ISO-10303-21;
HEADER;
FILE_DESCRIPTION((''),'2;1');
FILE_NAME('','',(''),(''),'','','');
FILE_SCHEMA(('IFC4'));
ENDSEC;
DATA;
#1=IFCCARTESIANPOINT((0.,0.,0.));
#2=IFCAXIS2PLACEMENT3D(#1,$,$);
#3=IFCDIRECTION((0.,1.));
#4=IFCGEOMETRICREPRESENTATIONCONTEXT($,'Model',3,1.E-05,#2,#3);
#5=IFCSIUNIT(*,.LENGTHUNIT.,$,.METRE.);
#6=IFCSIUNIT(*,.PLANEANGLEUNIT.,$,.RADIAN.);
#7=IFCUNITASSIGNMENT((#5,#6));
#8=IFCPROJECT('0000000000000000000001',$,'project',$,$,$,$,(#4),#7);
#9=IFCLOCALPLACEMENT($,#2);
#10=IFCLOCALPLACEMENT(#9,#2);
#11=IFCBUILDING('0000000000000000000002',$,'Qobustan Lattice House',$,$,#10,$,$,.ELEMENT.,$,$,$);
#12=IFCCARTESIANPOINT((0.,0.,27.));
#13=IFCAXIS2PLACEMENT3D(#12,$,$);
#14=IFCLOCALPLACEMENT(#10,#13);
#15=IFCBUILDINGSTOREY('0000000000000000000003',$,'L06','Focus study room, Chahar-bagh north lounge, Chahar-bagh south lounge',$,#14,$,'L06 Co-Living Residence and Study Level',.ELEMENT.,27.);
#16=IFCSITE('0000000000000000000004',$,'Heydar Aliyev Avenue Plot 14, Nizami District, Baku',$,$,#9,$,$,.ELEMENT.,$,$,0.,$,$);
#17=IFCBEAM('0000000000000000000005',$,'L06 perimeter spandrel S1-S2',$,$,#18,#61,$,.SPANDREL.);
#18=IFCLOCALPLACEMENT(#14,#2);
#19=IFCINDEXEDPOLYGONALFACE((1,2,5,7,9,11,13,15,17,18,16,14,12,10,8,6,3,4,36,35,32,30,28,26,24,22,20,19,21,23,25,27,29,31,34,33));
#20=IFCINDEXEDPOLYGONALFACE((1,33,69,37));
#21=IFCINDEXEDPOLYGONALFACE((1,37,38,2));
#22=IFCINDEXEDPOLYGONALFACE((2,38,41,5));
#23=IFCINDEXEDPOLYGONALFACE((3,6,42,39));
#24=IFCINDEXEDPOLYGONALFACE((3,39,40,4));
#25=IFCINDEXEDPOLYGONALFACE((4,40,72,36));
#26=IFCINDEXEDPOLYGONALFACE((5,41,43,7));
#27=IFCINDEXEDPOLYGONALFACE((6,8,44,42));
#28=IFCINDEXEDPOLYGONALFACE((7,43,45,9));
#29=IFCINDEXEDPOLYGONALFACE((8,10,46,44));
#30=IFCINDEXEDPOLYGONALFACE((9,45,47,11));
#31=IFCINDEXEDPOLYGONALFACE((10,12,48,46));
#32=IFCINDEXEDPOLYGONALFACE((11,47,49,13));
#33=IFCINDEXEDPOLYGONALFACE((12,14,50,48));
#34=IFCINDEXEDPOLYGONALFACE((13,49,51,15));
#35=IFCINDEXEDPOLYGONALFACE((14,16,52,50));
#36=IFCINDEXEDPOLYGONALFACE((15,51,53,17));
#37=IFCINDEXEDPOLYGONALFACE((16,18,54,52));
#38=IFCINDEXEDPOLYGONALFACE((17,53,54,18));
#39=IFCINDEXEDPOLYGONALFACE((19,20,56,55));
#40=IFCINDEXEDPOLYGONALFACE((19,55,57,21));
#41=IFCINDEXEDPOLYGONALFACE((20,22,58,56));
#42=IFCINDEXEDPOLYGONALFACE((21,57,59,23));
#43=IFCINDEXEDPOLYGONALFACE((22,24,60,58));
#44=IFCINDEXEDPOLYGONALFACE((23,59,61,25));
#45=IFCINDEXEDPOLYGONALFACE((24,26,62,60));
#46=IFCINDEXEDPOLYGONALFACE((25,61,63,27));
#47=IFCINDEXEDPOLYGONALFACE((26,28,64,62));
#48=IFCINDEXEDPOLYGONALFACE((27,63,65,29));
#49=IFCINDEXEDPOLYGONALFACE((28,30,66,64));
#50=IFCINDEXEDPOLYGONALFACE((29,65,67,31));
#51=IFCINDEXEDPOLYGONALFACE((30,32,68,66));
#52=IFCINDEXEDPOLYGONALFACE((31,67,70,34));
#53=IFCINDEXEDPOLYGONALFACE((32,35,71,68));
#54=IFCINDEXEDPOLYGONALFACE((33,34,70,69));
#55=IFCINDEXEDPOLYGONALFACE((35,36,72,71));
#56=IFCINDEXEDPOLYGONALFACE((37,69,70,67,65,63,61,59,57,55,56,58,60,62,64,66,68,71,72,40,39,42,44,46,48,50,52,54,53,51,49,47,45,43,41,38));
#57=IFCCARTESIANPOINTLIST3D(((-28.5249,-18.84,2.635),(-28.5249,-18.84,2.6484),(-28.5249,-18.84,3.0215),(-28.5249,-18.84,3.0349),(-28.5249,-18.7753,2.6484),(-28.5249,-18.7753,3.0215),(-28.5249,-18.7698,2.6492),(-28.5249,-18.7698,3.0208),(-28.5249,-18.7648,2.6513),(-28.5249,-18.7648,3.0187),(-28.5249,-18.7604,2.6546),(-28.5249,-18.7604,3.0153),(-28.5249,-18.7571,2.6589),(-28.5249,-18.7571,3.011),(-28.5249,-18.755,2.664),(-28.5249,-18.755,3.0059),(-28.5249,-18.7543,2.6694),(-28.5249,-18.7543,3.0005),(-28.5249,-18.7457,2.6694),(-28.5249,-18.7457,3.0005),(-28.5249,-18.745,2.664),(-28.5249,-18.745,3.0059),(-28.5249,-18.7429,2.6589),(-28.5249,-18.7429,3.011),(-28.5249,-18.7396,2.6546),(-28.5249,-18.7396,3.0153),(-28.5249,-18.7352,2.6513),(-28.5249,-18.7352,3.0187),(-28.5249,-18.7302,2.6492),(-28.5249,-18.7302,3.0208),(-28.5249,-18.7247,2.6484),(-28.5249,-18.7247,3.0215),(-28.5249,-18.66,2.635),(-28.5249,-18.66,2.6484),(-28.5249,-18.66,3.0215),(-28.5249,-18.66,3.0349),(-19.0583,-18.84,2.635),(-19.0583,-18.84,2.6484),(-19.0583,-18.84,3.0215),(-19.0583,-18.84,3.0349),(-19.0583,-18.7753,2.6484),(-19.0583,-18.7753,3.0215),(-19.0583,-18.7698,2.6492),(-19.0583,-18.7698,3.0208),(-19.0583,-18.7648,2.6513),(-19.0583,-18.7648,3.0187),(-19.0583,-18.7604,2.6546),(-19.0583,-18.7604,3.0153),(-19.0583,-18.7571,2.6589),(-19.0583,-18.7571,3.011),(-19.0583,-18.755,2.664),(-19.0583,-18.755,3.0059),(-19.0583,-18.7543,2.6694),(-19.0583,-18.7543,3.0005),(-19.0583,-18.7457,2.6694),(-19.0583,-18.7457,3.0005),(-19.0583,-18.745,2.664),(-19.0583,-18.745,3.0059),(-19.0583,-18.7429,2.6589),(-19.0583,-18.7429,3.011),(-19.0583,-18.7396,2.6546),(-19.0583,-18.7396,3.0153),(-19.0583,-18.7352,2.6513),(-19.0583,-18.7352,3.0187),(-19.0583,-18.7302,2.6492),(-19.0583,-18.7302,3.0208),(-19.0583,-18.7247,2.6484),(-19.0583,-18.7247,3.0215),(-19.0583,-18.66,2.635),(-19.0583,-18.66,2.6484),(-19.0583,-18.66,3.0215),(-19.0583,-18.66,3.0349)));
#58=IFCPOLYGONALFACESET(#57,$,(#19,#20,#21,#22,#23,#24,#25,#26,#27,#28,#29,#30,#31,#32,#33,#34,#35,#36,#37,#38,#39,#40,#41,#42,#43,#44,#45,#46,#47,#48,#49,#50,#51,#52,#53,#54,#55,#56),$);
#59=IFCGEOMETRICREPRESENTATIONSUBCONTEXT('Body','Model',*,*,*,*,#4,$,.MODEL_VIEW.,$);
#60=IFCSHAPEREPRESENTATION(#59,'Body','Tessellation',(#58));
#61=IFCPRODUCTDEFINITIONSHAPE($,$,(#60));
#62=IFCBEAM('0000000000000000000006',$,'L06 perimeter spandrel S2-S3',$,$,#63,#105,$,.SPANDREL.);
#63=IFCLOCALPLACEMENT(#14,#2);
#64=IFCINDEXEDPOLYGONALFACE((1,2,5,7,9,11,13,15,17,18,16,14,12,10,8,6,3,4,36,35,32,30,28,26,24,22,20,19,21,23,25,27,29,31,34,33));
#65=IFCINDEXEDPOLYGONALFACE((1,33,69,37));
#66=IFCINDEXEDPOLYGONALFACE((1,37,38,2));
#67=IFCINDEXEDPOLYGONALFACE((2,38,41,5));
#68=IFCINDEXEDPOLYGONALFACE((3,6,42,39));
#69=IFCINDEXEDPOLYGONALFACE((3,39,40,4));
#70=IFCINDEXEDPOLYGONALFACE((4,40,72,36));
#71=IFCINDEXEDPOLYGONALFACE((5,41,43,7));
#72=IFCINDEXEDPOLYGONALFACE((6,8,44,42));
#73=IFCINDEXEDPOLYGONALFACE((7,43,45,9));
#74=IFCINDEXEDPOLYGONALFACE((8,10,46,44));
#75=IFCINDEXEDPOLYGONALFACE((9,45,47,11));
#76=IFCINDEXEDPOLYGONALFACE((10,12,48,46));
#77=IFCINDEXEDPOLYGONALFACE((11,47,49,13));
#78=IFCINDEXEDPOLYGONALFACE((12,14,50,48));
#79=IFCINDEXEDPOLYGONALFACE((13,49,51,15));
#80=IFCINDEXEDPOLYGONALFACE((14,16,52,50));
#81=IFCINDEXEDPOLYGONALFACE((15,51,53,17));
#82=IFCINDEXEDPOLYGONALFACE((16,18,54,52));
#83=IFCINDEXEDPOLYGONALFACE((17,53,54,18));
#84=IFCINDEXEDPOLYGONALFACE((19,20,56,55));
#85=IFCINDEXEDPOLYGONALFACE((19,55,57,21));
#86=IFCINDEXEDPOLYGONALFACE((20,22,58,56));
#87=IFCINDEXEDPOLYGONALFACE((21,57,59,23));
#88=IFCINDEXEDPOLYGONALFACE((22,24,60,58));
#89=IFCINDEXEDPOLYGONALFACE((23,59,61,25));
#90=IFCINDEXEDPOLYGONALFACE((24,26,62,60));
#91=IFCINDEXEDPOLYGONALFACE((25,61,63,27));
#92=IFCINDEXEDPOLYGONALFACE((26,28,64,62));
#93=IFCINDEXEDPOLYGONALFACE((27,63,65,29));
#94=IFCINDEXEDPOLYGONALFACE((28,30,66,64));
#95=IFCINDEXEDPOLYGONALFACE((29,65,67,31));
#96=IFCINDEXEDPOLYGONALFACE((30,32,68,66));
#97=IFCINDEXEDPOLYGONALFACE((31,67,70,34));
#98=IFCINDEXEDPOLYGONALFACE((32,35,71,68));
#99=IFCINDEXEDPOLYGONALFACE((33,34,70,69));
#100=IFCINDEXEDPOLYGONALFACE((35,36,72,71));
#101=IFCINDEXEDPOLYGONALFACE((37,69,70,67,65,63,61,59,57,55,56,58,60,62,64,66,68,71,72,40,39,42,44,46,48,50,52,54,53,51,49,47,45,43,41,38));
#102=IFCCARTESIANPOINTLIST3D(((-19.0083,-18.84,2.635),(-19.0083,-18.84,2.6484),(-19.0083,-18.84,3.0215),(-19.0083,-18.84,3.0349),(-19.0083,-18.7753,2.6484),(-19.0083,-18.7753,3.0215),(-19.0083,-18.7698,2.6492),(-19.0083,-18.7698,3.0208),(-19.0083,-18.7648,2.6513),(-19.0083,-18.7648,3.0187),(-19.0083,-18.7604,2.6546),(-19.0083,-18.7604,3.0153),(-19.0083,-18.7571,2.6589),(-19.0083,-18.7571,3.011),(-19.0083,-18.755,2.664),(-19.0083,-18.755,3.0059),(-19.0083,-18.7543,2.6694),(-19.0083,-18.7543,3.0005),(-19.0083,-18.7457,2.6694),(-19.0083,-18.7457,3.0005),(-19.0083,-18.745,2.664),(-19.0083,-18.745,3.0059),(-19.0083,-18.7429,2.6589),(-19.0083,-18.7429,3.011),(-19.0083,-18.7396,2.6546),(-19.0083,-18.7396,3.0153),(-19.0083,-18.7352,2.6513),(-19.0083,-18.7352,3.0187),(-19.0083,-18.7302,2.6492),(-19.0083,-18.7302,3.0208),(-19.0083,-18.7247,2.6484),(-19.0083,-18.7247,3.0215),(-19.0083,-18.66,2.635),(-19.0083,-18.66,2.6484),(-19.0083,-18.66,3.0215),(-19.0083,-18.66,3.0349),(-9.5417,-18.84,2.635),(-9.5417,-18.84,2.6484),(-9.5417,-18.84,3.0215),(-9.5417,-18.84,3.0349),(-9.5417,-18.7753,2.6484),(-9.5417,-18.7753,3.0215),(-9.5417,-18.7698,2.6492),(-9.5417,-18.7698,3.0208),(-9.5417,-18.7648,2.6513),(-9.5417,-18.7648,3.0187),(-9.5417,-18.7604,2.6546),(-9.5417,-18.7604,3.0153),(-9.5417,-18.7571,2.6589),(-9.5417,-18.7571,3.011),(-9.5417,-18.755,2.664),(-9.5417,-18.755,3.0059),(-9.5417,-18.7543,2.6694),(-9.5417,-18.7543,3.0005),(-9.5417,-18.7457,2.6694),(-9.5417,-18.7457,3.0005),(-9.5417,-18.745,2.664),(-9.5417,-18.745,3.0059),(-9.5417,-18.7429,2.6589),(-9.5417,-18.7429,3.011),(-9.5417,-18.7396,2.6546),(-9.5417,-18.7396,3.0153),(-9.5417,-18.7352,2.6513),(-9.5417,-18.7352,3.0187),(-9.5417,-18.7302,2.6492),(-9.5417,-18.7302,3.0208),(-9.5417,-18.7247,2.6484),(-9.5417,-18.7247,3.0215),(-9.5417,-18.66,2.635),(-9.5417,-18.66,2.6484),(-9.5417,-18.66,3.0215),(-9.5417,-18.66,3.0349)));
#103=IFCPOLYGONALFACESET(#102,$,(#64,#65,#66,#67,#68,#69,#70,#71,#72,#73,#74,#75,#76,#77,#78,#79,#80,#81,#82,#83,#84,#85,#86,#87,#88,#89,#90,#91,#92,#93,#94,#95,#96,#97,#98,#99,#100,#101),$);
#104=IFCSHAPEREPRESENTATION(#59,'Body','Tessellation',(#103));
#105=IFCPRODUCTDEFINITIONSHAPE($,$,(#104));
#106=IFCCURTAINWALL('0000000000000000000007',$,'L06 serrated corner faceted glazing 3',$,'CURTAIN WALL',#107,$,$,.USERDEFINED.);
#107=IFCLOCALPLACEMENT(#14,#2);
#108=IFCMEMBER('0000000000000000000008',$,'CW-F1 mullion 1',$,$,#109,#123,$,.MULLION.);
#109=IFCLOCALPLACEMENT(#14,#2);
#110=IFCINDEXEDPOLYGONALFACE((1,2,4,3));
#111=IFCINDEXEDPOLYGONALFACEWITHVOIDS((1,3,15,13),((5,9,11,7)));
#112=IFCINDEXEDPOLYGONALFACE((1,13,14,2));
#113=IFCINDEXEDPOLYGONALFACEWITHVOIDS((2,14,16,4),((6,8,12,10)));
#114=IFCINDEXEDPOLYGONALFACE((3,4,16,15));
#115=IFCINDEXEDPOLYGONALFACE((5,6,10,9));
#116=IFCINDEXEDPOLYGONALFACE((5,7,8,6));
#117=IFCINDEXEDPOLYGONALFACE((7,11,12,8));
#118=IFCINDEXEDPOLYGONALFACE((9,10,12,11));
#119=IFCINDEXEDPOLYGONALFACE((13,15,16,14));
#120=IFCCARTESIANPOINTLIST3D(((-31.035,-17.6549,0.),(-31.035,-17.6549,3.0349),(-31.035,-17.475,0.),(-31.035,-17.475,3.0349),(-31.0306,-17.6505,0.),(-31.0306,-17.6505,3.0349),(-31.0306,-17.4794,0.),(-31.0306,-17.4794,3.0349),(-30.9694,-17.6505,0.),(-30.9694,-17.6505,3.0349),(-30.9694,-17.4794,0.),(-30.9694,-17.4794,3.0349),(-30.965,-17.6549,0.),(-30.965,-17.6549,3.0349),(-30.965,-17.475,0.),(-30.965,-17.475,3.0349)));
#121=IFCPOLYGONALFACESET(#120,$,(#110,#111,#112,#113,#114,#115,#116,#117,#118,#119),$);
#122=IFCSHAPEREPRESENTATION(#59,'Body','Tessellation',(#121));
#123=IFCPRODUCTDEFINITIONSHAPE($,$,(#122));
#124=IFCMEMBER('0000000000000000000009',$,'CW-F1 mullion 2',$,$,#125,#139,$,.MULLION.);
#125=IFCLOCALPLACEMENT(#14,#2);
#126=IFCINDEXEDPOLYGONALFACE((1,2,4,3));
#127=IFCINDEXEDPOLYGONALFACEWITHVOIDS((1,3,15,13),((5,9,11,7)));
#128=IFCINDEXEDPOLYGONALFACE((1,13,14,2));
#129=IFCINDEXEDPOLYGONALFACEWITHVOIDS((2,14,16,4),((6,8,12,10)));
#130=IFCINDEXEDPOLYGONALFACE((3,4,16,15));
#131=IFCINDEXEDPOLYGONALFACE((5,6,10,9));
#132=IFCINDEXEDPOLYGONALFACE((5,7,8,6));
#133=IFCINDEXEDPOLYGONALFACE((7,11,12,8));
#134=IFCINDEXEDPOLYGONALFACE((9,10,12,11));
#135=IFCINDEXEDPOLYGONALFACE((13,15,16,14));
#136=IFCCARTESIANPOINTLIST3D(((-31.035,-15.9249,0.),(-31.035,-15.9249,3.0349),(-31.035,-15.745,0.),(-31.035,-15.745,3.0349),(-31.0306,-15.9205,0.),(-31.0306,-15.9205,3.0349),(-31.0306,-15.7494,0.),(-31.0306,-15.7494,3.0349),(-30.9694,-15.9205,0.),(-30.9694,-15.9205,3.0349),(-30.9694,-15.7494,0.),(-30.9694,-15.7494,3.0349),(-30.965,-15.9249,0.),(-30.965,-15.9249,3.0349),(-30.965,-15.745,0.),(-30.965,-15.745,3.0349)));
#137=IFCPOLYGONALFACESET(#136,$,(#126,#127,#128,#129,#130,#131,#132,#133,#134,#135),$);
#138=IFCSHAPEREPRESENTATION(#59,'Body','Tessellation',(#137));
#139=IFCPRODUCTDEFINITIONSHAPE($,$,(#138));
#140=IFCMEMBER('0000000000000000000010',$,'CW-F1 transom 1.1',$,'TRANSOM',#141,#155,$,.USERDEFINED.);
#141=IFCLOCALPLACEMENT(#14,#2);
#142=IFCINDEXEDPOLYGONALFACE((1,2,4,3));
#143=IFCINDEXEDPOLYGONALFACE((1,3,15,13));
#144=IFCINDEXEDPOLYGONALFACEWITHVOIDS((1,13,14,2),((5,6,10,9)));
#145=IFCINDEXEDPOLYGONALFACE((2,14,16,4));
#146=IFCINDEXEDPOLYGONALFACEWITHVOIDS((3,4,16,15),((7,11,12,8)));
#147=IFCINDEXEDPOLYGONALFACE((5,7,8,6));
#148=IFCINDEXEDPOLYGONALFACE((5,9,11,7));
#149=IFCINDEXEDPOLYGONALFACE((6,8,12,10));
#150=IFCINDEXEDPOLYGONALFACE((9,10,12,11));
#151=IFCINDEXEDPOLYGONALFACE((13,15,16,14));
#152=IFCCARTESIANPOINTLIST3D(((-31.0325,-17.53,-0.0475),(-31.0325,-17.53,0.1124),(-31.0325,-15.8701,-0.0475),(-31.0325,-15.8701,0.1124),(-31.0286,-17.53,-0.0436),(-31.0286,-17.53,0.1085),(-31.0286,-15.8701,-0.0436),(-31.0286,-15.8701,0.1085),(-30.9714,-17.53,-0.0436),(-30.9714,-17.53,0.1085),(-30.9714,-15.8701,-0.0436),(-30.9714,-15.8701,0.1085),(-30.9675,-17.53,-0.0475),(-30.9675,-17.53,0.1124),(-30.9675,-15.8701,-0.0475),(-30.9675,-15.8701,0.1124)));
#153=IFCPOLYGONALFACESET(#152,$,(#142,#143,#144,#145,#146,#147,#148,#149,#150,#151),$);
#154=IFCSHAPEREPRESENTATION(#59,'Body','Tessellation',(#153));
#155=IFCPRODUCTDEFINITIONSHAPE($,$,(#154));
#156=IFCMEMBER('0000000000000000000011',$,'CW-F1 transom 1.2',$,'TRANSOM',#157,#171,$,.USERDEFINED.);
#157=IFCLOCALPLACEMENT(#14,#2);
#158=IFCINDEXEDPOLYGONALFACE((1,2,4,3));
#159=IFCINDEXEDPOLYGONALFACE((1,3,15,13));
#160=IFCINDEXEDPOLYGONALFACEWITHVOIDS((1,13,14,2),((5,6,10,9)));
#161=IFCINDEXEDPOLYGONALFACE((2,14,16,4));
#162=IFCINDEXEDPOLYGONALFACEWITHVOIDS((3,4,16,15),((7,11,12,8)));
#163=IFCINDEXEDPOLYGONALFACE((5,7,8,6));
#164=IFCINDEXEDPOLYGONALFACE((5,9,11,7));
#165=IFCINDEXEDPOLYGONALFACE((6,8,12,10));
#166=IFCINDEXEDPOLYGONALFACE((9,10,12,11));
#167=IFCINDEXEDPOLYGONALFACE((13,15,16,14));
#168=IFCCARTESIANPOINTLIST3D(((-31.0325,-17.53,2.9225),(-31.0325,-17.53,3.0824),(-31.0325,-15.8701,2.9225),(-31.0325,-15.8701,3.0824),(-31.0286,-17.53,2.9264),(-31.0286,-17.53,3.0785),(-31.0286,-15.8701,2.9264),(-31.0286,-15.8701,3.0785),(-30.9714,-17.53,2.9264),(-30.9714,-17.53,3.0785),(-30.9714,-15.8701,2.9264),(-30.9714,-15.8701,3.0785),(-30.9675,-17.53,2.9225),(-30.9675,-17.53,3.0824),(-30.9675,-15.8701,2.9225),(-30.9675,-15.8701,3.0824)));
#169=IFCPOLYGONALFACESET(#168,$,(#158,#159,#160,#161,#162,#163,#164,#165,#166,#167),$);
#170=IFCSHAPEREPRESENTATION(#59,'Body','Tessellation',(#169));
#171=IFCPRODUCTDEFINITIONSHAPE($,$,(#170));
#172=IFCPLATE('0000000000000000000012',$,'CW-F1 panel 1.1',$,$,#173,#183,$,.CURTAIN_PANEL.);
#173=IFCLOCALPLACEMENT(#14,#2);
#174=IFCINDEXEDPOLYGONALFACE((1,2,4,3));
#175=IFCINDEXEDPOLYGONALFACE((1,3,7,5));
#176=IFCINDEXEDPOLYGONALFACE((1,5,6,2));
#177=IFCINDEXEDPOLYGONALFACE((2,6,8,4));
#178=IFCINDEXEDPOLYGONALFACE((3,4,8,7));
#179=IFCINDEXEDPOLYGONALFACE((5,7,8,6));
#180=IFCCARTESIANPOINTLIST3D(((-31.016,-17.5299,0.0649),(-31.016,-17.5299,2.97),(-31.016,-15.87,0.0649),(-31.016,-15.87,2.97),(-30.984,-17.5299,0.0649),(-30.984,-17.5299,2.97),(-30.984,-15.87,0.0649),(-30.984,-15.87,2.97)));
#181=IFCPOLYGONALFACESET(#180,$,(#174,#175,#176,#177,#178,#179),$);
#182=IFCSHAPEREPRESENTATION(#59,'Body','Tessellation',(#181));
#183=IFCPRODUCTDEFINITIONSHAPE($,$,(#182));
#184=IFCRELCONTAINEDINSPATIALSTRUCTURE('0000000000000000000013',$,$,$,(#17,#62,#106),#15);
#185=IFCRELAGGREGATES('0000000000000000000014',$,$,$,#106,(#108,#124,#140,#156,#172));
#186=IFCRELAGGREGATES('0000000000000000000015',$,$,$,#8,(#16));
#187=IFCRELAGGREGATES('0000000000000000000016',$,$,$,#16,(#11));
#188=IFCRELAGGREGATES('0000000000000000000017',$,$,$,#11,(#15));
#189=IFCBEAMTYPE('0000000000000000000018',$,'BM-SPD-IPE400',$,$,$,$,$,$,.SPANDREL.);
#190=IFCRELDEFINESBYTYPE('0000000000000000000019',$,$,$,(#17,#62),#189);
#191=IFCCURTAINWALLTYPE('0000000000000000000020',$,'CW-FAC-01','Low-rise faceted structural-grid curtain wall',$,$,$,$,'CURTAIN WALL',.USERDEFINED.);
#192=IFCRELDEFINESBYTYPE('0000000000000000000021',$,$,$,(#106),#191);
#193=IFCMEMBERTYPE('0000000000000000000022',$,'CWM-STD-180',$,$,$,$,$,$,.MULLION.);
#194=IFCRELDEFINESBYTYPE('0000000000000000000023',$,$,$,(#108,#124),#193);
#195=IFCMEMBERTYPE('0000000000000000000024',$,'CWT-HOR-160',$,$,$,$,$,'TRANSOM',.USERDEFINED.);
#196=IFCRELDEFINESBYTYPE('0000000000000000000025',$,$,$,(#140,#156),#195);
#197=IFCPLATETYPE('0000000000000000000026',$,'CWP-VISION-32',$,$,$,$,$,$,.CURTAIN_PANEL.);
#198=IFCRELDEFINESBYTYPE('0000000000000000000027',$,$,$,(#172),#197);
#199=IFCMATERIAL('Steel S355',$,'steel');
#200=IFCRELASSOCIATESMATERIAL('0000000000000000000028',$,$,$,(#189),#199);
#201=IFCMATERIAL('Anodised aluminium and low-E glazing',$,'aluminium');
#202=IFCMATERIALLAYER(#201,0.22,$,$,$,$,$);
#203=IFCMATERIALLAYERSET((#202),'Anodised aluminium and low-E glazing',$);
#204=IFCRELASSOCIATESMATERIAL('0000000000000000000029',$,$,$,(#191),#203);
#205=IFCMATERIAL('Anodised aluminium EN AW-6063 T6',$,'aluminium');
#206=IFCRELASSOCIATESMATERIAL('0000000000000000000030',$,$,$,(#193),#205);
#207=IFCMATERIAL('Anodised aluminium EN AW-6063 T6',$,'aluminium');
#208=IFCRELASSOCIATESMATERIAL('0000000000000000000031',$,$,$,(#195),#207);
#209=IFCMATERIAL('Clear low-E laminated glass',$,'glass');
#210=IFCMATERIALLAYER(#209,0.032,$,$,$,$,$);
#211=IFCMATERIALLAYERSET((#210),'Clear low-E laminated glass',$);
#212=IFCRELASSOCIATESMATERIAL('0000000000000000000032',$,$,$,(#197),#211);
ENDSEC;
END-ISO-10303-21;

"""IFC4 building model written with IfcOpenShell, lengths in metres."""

from ifc_helpers import new_model, si_unit, direction, frame, origin, origin_2d, place, context, subcontext, project, spatial, rectangle, hollow_rectangle, i_section, extrude, material, layer, layer_set, material_profile, profile_set, type_object, element, aggregate, save


model = new_model("IFC4")

# Units and contexts
model_context = context("Model", 3, precision=1e-05, world=origin(), true_north=direction((0.0, 1.0)))
body_context = subcontext(model_context, "Body", "Model", "MODEL_VIEW")
ifc_project = project(units=[si_unit("LENGTHUNIT", "METRE"), si_unit("PLANEANGLEUNIT", "RADIAN")], contexts=[model_context])

# Site, building, storey
site_placement = place(None, origin())
site = spatial("IfcSite", under=ifc_project, at=site_placement, Name="Heydar Aliyev Avenue Plot 14, Nizami District, Baku", CompositionType="ELEMENT", RefElevation=0.0)
building_placement = place(site_placement, origin())
building = spatial("IfcBuilding", under=site, at=building_placement, Name="Qobustan Lattice House", CompositionType="ELEMENT")
storey_placement = place(building_placement, frame((0.0, 0.0, 27.0)))
storey = spatial("IfcBuildingStorey", under=building, at=storey_placement, Name="L06", Description="Focus study room, Chahar-bagh north lounge, Chahar-bagh south lounge", LongName="L06 Co-Living Residence and Study Level", CompositionType="ELEMENT", Elevation=27.0)

# Beams
ifc_material_1 = material(Name="Steel S355", Category="steel")
ifc_material_profile_1 = material_profile(ifc_material_1, i_section(OverallWidth=0.1799, OverallDepth=0.3999, WebThickness=0.0085, FlangeThickness=0.0134, FilletRadius=0.021, at=origin_2d()), Name="IPE400")
ifc_profile_set_1 = profile_set([ifc_material_profile_1], Name="Steel S355")
beam_type_1 = type_object("IfcBeamType", Name="BM-SPD-IPE400", PredefinedType="SPANDREL", material=ifc_profile_set_1)
for number, where, z_axis, x_axis, name in (
    (1, (-28.5249, -18.75, 2.835), (1.0, 0.0, 0.0), (0.0, 1.0, 0.0), "L06 perimeter spandrel S1-S2"),
    (2, (-19.0083, -18.75, 2.835), (1.0, 0.0, 0.0), (0.0, 1.0, 0.0), "L06 perimeter spandrel S2-S3"),
):
    element("IfcBeam", number, at=place(storey_placement, frame(where, z_axis=z_axis, x_axis=x_axis)), inside=storey, type_object=beam_type_1, Name=name, PredefinedType="SPANDREL", context=body_context, shape_type="SweptSolid", body=[
        extrude(i_section(OverallWidth=0.1799, OverallDepth=0.3999, WebThickness=0.0085, FlangeThickness=0.0134, FilletRadius=0.021, at=origin_2d()), origin(), (0.0, 0.0, 1.0), 9.4666),
    ])

# Curtain wall, members, plate
ifc_material_2 = material(Name="Anodised aluminium and low-E glazing", Category="aluminium")
ifc_layer_1 = layer(ifc_material_2, 0.22)
ifc_layer_set_1 = layer_set([ifc_layer_1], Name="Anodised aluminium and low-E glazing")
curtain_wall_type = type_object("IfcCurtainWallType", Name="CW-FAC-01", Description="Low-rise faceted structural-grid curtain wall", ElementType="CURTAIN WALL", PredefinedType="USERDEFINED", material=ifc_layer_set_1)
curtain_wall_placement = place(storey_placement, origin())
curtain_wall = element("IfcCurtainWall", 3, at=curtain_wall_placement, inside=storey, type_object=curtain_wall_type, Name="L06 serrated corner faceted glazing 3", ObjectType="CURTAIN WALL", PredefinedType="USERDEFINED")
ifc_material_3 = material(Name="Anodised aluminium EN AW-6063 T6", Category="aluminium")
ifc_material_profile_2 = material_profile(ifc_material_3, hollow_rectangle(XDim=0.0701, YDim=0.1799, WallThickness=0.0044, at=origin_2d()), Name="CWM-180x70")
ifc_profile_set_2 = profile_set([ifc_material_profile_2], Name="Anodised aluminium EN AW-6063 T6")
member_type_1 = type_object("IfcMemberType", Name="CWM-STD-180", PredefinedType="MULLION", material=ifc_profile_set_2)
member_1_placement = place(storey_placement, frame((-31.0, -17.5649, 0.0), z_axis=(0.0, 0.0, 1.0), x_axis=(-1.0, 0.0, 0.0)))
member_1 = element("IfcMember", 4, at=member_1_placement, type_object=member_type_1, Name="CW-F1 mullion 1", PredefinedType="MULLION", context=body_context, shape_type="SweptSolid", body=[
    extrude(hollow_rectangle(XDim=0.0701, YDim=0.1799, WallThickness=0.0044, at=origin_2d()), origin(), (0.0, 0.0, 1.0), 3.0349),
])
member_2_placement = place(storey_placement, frame((-31.0, -15.835, 0.0), z_axis=(0.0, 0.0, 1.0), x_axis=(-1.0, 0.0, 0.0)))
member_2 = element("IfcMember", 5, at=member_2_placement, type_object=member_type_1, Name="CW-F1 mullion 2", PredefinedType="MULLION", context=body_context, shape_type="SweptSolid", body=[
    extrude(hollow_rectangle(XDim=0.0701, YDim=0.1799, WallThickness=0.0044, at=origin_2d()), origin(), (0.0, 0.0, 1.0), 3.0349),
])
ifc_material_4 = material(Name="Anodised aluminium EN AW-6063 T6", Category="aluminium")
ifc_material_profile_3 = material_profile(ifc_material_4, hollow_rectangle(XDim=0.0649, YDim=0.1599, WallThickness=0.0039, at=origin_2d()), Name="CWT-160x65")
ifc_profile_set_3 = profile_set([ifc_material_profile_3], Name="Anodised aluminium EN AW-6063 T6")
member_type_2 = type_object("IfcMemberType", Name="CWT-HOR-160", ElementType="TRANSOM", PredefinedType="USERDEFINED", material=ifc_profile_set_3)
member_3_placement = place(storey_placement, frame((-31.0, -17.53, 0.0325), z_axis=(0.0, 1.0, 0.0), x_axis=(-1.0, 0.0, 0.0)))
member_3 = element("IfcMember", 6, at=member_3_placement, type_object=member_type_2, Name="CW-F1 transom 1.1", ObjectType="TRANSOM", PredefinedType="USERDEFINED", context=body_context, shape_type="SweptSolid", body=[
    extrude(hollow_rectangle(XDim=0.0649, YDim=0.1599, WallThickness=0.0039, at=origin_2d()), origin(), (0.0, 0.0, 1.0), 1.6599),
])
member_4_placement = place(storey_placement, frame((-31.0, -17.53, 3.0024), z_axis=(0.0, 1.0, 0.0), x_axis=(-1.0, 0.0, 0.0)))
member_4 = element("IfcMember", 7, at=member_4_placement, type_object=member_type_2, Name="CW-F1 transom 1.2", ObjectType="TRANSOM", PredefinedType="USERDEFINED", context=body_context, shape_type="SweptSolid", body=[
    extrude(hollow_rectangle(XDim=0.0649, YDim=0.1599, WallThickness=0.0039, at=origin_2d()), origin(), (0.0, 0.0, 1.0), 1.6599),
])
ifc_material_5 = material(Name="Clear low-E laminated glass", Category="glass")
ifc_layer_2 = layer(ifc_material_5, 0.032)
ifc_layer_set_2 = layer_set([ifc_layer_2], Name="Clear low-E laminated glass")
plate_type = type_object("IfcPlateType", Name="CWP-VISION-32", PredefinedType="CURTAIN_PANEL", material=ifc_layer_set_2)
plate_placement = place(storey_placement, frame((-31.0, -16.7, 0.0649), z_axis=(0.0, 0.0, 1.0), x_axis=(0.0, 1.0, 0.0)))
plate = element("IfcPlate", 8, at=plate_placement, type_object=plate_type, Name="CW-F1 panel 1.1", PredefinedType="CURTAIN_PANEL", context=body_context, shape_type="SweptSolid", body=[
    extrude(rectangle(XDim=1.6599, YDim=0.032, at=origin_2d()), origin(), (0.0, 0.0, 1.0), 2.905),
])
aggregate(curtain_wall, [member_1, member_2, member_3, member_4, plate])

save(model, "model.ifc")
